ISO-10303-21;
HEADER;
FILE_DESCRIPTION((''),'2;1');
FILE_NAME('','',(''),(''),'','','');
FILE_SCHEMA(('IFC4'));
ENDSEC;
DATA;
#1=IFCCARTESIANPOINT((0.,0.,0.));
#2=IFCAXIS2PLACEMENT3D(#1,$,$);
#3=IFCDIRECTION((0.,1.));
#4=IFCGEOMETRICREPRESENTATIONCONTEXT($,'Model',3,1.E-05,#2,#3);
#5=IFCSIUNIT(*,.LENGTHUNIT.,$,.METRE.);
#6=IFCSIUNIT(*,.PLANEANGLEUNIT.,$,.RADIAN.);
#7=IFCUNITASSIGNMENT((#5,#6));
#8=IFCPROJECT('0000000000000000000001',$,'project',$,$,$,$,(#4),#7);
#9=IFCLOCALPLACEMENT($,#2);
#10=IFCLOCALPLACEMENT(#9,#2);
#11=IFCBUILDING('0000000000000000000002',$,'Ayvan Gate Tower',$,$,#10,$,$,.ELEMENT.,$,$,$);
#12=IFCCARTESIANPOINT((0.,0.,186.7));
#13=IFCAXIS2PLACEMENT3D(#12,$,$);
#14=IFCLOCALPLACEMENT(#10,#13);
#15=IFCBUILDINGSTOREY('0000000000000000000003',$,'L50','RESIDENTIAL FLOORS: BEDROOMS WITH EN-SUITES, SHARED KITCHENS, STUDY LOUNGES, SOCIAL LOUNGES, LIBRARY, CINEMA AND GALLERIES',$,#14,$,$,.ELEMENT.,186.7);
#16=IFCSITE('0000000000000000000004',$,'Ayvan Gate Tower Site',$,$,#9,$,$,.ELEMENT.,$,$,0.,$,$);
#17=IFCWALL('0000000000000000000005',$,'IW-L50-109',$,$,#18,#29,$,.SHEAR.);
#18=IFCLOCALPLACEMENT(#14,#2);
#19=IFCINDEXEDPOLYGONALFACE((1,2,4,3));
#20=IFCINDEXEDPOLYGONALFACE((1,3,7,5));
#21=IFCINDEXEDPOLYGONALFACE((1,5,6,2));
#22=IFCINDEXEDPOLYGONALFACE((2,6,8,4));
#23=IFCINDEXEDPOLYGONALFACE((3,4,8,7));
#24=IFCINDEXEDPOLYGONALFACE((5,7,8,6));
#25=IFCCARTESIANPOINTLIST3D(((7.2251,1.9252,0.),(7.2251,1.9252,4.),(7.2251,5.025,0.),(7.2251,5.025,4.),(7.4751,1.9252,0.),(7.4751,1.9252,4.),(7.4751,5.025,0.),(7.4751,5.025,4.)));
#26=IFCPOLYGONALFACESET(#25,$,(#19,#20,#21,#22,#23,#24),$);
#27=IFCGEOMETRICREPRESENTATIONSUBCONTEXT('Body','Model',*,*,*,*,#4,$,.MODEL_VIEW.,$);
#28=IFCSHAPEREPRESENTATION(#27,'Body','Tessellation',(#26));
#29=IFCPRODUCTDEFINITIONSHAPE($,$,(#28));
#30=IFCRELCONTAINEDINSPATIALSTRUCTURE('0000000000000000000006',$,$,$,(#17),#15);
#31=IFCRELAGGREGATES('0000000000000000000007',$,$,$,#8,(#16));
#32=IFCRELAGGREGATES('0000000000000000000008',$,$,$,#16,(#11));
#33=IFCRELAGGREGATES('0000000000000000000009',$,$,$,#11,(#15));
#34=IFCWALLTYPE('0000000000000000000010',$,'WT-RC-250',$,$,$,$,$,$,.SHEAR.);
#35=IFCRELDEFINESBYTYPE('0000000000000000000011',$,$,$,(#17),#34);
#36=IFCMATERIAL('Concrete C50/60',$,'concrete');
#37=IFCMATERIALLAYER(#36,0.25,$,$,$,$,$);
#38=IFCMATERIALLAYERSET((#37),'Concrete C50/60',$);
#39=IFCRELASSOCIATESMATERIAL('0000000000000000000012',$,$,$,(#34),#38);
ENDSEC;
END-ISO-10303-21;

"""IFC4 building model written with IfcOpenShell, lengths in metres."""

from ifc_helpers import new_model, si_unit, direction, frame, frame_2d, origin, place, context, subcontext, project, spatial, rectangle, extrude, material, layer, layer_set, type_object, element, save


model = new_model("IFC4")

# Units and contexts
model_context = context("Model", 3, precision=1e-05, world=origin(), true_north=direction((0.0, 1.0)))
body_context = subcontext(model_context, "Body", "Model", "MODEL_VIEW")
ifc_project = project(units=[si_unit("LENGTHUNIT", "METRE"), si_unit("PLANEANGLEUNIT", "RADIAN")], contexts=[model_context])

# Site, building, storey
site_placement = place(None, origin())
site = spatial("IfcSite", under=ifc_project, at=site_placement, Name="Ayvan Gate Tower Site", CompositionType="ELEMENT", RefElevation=0.0)
building_placement = place(site_placement, origin())
building = spatial("IfcBuilding", under=site, at=building_placement, Name="Ayvan Gate Tower", CompositionType="ELEMENT")
storey_placement = place(building_placement, frame((0.0, 0.0, 186.7)))
storey = spatial("IfcBuildingStorey", under=building, at=storey_placement, Name="L50", Description="RESIDENTIAL FLOORS: BEDROOMS WITH EN-SUITES, SHARED KITCHENS, STUDY LOUNGES, SOCIAL LOUNGES, LIBRARY, CINEMA AND GALLERIES", CompositionType="ELEMENT", Elevation=186.7)

# Wall
ifc_material_1 = material(Name="Concrete C50/60", Category="concrete")
ifc_layer_1 = layer(ifc_material_1, 0.25)
ifc_layer_set_1 = layer_set([ifc_layer_1], Name="Concrete C50/60")
wall_type_1 = type_object("IfcWallType", Name="WT-RC-250", PredefinedType="SHEAR", material=ifc_layer_set_1)
for number, where, z_axis, x_axis, name in (
    (1, (7.3501, 5.0249, 0.0), (0.0, 0.0, 1.0), (0.0, -1.0, 0.0), "IW-L50-109"),
):
    element("IfcWall", number, at=place(storey_placement, frame(where, z_axis=z_axis, x_axis=x_axis)), inside=storey, type_object=wall_type_1, Name=name, PredefinedType="SHEAR", context=body_context, shape_type="SweptSolid", body=[
        extrude(rectangle(XDim=3.0999, YDim=0.25, at=frame_2d((1.5498, 0.0))), origin(), (0.0, 0.0, 1.0), 4.0),
    ])

save(model, "model.ifc")
